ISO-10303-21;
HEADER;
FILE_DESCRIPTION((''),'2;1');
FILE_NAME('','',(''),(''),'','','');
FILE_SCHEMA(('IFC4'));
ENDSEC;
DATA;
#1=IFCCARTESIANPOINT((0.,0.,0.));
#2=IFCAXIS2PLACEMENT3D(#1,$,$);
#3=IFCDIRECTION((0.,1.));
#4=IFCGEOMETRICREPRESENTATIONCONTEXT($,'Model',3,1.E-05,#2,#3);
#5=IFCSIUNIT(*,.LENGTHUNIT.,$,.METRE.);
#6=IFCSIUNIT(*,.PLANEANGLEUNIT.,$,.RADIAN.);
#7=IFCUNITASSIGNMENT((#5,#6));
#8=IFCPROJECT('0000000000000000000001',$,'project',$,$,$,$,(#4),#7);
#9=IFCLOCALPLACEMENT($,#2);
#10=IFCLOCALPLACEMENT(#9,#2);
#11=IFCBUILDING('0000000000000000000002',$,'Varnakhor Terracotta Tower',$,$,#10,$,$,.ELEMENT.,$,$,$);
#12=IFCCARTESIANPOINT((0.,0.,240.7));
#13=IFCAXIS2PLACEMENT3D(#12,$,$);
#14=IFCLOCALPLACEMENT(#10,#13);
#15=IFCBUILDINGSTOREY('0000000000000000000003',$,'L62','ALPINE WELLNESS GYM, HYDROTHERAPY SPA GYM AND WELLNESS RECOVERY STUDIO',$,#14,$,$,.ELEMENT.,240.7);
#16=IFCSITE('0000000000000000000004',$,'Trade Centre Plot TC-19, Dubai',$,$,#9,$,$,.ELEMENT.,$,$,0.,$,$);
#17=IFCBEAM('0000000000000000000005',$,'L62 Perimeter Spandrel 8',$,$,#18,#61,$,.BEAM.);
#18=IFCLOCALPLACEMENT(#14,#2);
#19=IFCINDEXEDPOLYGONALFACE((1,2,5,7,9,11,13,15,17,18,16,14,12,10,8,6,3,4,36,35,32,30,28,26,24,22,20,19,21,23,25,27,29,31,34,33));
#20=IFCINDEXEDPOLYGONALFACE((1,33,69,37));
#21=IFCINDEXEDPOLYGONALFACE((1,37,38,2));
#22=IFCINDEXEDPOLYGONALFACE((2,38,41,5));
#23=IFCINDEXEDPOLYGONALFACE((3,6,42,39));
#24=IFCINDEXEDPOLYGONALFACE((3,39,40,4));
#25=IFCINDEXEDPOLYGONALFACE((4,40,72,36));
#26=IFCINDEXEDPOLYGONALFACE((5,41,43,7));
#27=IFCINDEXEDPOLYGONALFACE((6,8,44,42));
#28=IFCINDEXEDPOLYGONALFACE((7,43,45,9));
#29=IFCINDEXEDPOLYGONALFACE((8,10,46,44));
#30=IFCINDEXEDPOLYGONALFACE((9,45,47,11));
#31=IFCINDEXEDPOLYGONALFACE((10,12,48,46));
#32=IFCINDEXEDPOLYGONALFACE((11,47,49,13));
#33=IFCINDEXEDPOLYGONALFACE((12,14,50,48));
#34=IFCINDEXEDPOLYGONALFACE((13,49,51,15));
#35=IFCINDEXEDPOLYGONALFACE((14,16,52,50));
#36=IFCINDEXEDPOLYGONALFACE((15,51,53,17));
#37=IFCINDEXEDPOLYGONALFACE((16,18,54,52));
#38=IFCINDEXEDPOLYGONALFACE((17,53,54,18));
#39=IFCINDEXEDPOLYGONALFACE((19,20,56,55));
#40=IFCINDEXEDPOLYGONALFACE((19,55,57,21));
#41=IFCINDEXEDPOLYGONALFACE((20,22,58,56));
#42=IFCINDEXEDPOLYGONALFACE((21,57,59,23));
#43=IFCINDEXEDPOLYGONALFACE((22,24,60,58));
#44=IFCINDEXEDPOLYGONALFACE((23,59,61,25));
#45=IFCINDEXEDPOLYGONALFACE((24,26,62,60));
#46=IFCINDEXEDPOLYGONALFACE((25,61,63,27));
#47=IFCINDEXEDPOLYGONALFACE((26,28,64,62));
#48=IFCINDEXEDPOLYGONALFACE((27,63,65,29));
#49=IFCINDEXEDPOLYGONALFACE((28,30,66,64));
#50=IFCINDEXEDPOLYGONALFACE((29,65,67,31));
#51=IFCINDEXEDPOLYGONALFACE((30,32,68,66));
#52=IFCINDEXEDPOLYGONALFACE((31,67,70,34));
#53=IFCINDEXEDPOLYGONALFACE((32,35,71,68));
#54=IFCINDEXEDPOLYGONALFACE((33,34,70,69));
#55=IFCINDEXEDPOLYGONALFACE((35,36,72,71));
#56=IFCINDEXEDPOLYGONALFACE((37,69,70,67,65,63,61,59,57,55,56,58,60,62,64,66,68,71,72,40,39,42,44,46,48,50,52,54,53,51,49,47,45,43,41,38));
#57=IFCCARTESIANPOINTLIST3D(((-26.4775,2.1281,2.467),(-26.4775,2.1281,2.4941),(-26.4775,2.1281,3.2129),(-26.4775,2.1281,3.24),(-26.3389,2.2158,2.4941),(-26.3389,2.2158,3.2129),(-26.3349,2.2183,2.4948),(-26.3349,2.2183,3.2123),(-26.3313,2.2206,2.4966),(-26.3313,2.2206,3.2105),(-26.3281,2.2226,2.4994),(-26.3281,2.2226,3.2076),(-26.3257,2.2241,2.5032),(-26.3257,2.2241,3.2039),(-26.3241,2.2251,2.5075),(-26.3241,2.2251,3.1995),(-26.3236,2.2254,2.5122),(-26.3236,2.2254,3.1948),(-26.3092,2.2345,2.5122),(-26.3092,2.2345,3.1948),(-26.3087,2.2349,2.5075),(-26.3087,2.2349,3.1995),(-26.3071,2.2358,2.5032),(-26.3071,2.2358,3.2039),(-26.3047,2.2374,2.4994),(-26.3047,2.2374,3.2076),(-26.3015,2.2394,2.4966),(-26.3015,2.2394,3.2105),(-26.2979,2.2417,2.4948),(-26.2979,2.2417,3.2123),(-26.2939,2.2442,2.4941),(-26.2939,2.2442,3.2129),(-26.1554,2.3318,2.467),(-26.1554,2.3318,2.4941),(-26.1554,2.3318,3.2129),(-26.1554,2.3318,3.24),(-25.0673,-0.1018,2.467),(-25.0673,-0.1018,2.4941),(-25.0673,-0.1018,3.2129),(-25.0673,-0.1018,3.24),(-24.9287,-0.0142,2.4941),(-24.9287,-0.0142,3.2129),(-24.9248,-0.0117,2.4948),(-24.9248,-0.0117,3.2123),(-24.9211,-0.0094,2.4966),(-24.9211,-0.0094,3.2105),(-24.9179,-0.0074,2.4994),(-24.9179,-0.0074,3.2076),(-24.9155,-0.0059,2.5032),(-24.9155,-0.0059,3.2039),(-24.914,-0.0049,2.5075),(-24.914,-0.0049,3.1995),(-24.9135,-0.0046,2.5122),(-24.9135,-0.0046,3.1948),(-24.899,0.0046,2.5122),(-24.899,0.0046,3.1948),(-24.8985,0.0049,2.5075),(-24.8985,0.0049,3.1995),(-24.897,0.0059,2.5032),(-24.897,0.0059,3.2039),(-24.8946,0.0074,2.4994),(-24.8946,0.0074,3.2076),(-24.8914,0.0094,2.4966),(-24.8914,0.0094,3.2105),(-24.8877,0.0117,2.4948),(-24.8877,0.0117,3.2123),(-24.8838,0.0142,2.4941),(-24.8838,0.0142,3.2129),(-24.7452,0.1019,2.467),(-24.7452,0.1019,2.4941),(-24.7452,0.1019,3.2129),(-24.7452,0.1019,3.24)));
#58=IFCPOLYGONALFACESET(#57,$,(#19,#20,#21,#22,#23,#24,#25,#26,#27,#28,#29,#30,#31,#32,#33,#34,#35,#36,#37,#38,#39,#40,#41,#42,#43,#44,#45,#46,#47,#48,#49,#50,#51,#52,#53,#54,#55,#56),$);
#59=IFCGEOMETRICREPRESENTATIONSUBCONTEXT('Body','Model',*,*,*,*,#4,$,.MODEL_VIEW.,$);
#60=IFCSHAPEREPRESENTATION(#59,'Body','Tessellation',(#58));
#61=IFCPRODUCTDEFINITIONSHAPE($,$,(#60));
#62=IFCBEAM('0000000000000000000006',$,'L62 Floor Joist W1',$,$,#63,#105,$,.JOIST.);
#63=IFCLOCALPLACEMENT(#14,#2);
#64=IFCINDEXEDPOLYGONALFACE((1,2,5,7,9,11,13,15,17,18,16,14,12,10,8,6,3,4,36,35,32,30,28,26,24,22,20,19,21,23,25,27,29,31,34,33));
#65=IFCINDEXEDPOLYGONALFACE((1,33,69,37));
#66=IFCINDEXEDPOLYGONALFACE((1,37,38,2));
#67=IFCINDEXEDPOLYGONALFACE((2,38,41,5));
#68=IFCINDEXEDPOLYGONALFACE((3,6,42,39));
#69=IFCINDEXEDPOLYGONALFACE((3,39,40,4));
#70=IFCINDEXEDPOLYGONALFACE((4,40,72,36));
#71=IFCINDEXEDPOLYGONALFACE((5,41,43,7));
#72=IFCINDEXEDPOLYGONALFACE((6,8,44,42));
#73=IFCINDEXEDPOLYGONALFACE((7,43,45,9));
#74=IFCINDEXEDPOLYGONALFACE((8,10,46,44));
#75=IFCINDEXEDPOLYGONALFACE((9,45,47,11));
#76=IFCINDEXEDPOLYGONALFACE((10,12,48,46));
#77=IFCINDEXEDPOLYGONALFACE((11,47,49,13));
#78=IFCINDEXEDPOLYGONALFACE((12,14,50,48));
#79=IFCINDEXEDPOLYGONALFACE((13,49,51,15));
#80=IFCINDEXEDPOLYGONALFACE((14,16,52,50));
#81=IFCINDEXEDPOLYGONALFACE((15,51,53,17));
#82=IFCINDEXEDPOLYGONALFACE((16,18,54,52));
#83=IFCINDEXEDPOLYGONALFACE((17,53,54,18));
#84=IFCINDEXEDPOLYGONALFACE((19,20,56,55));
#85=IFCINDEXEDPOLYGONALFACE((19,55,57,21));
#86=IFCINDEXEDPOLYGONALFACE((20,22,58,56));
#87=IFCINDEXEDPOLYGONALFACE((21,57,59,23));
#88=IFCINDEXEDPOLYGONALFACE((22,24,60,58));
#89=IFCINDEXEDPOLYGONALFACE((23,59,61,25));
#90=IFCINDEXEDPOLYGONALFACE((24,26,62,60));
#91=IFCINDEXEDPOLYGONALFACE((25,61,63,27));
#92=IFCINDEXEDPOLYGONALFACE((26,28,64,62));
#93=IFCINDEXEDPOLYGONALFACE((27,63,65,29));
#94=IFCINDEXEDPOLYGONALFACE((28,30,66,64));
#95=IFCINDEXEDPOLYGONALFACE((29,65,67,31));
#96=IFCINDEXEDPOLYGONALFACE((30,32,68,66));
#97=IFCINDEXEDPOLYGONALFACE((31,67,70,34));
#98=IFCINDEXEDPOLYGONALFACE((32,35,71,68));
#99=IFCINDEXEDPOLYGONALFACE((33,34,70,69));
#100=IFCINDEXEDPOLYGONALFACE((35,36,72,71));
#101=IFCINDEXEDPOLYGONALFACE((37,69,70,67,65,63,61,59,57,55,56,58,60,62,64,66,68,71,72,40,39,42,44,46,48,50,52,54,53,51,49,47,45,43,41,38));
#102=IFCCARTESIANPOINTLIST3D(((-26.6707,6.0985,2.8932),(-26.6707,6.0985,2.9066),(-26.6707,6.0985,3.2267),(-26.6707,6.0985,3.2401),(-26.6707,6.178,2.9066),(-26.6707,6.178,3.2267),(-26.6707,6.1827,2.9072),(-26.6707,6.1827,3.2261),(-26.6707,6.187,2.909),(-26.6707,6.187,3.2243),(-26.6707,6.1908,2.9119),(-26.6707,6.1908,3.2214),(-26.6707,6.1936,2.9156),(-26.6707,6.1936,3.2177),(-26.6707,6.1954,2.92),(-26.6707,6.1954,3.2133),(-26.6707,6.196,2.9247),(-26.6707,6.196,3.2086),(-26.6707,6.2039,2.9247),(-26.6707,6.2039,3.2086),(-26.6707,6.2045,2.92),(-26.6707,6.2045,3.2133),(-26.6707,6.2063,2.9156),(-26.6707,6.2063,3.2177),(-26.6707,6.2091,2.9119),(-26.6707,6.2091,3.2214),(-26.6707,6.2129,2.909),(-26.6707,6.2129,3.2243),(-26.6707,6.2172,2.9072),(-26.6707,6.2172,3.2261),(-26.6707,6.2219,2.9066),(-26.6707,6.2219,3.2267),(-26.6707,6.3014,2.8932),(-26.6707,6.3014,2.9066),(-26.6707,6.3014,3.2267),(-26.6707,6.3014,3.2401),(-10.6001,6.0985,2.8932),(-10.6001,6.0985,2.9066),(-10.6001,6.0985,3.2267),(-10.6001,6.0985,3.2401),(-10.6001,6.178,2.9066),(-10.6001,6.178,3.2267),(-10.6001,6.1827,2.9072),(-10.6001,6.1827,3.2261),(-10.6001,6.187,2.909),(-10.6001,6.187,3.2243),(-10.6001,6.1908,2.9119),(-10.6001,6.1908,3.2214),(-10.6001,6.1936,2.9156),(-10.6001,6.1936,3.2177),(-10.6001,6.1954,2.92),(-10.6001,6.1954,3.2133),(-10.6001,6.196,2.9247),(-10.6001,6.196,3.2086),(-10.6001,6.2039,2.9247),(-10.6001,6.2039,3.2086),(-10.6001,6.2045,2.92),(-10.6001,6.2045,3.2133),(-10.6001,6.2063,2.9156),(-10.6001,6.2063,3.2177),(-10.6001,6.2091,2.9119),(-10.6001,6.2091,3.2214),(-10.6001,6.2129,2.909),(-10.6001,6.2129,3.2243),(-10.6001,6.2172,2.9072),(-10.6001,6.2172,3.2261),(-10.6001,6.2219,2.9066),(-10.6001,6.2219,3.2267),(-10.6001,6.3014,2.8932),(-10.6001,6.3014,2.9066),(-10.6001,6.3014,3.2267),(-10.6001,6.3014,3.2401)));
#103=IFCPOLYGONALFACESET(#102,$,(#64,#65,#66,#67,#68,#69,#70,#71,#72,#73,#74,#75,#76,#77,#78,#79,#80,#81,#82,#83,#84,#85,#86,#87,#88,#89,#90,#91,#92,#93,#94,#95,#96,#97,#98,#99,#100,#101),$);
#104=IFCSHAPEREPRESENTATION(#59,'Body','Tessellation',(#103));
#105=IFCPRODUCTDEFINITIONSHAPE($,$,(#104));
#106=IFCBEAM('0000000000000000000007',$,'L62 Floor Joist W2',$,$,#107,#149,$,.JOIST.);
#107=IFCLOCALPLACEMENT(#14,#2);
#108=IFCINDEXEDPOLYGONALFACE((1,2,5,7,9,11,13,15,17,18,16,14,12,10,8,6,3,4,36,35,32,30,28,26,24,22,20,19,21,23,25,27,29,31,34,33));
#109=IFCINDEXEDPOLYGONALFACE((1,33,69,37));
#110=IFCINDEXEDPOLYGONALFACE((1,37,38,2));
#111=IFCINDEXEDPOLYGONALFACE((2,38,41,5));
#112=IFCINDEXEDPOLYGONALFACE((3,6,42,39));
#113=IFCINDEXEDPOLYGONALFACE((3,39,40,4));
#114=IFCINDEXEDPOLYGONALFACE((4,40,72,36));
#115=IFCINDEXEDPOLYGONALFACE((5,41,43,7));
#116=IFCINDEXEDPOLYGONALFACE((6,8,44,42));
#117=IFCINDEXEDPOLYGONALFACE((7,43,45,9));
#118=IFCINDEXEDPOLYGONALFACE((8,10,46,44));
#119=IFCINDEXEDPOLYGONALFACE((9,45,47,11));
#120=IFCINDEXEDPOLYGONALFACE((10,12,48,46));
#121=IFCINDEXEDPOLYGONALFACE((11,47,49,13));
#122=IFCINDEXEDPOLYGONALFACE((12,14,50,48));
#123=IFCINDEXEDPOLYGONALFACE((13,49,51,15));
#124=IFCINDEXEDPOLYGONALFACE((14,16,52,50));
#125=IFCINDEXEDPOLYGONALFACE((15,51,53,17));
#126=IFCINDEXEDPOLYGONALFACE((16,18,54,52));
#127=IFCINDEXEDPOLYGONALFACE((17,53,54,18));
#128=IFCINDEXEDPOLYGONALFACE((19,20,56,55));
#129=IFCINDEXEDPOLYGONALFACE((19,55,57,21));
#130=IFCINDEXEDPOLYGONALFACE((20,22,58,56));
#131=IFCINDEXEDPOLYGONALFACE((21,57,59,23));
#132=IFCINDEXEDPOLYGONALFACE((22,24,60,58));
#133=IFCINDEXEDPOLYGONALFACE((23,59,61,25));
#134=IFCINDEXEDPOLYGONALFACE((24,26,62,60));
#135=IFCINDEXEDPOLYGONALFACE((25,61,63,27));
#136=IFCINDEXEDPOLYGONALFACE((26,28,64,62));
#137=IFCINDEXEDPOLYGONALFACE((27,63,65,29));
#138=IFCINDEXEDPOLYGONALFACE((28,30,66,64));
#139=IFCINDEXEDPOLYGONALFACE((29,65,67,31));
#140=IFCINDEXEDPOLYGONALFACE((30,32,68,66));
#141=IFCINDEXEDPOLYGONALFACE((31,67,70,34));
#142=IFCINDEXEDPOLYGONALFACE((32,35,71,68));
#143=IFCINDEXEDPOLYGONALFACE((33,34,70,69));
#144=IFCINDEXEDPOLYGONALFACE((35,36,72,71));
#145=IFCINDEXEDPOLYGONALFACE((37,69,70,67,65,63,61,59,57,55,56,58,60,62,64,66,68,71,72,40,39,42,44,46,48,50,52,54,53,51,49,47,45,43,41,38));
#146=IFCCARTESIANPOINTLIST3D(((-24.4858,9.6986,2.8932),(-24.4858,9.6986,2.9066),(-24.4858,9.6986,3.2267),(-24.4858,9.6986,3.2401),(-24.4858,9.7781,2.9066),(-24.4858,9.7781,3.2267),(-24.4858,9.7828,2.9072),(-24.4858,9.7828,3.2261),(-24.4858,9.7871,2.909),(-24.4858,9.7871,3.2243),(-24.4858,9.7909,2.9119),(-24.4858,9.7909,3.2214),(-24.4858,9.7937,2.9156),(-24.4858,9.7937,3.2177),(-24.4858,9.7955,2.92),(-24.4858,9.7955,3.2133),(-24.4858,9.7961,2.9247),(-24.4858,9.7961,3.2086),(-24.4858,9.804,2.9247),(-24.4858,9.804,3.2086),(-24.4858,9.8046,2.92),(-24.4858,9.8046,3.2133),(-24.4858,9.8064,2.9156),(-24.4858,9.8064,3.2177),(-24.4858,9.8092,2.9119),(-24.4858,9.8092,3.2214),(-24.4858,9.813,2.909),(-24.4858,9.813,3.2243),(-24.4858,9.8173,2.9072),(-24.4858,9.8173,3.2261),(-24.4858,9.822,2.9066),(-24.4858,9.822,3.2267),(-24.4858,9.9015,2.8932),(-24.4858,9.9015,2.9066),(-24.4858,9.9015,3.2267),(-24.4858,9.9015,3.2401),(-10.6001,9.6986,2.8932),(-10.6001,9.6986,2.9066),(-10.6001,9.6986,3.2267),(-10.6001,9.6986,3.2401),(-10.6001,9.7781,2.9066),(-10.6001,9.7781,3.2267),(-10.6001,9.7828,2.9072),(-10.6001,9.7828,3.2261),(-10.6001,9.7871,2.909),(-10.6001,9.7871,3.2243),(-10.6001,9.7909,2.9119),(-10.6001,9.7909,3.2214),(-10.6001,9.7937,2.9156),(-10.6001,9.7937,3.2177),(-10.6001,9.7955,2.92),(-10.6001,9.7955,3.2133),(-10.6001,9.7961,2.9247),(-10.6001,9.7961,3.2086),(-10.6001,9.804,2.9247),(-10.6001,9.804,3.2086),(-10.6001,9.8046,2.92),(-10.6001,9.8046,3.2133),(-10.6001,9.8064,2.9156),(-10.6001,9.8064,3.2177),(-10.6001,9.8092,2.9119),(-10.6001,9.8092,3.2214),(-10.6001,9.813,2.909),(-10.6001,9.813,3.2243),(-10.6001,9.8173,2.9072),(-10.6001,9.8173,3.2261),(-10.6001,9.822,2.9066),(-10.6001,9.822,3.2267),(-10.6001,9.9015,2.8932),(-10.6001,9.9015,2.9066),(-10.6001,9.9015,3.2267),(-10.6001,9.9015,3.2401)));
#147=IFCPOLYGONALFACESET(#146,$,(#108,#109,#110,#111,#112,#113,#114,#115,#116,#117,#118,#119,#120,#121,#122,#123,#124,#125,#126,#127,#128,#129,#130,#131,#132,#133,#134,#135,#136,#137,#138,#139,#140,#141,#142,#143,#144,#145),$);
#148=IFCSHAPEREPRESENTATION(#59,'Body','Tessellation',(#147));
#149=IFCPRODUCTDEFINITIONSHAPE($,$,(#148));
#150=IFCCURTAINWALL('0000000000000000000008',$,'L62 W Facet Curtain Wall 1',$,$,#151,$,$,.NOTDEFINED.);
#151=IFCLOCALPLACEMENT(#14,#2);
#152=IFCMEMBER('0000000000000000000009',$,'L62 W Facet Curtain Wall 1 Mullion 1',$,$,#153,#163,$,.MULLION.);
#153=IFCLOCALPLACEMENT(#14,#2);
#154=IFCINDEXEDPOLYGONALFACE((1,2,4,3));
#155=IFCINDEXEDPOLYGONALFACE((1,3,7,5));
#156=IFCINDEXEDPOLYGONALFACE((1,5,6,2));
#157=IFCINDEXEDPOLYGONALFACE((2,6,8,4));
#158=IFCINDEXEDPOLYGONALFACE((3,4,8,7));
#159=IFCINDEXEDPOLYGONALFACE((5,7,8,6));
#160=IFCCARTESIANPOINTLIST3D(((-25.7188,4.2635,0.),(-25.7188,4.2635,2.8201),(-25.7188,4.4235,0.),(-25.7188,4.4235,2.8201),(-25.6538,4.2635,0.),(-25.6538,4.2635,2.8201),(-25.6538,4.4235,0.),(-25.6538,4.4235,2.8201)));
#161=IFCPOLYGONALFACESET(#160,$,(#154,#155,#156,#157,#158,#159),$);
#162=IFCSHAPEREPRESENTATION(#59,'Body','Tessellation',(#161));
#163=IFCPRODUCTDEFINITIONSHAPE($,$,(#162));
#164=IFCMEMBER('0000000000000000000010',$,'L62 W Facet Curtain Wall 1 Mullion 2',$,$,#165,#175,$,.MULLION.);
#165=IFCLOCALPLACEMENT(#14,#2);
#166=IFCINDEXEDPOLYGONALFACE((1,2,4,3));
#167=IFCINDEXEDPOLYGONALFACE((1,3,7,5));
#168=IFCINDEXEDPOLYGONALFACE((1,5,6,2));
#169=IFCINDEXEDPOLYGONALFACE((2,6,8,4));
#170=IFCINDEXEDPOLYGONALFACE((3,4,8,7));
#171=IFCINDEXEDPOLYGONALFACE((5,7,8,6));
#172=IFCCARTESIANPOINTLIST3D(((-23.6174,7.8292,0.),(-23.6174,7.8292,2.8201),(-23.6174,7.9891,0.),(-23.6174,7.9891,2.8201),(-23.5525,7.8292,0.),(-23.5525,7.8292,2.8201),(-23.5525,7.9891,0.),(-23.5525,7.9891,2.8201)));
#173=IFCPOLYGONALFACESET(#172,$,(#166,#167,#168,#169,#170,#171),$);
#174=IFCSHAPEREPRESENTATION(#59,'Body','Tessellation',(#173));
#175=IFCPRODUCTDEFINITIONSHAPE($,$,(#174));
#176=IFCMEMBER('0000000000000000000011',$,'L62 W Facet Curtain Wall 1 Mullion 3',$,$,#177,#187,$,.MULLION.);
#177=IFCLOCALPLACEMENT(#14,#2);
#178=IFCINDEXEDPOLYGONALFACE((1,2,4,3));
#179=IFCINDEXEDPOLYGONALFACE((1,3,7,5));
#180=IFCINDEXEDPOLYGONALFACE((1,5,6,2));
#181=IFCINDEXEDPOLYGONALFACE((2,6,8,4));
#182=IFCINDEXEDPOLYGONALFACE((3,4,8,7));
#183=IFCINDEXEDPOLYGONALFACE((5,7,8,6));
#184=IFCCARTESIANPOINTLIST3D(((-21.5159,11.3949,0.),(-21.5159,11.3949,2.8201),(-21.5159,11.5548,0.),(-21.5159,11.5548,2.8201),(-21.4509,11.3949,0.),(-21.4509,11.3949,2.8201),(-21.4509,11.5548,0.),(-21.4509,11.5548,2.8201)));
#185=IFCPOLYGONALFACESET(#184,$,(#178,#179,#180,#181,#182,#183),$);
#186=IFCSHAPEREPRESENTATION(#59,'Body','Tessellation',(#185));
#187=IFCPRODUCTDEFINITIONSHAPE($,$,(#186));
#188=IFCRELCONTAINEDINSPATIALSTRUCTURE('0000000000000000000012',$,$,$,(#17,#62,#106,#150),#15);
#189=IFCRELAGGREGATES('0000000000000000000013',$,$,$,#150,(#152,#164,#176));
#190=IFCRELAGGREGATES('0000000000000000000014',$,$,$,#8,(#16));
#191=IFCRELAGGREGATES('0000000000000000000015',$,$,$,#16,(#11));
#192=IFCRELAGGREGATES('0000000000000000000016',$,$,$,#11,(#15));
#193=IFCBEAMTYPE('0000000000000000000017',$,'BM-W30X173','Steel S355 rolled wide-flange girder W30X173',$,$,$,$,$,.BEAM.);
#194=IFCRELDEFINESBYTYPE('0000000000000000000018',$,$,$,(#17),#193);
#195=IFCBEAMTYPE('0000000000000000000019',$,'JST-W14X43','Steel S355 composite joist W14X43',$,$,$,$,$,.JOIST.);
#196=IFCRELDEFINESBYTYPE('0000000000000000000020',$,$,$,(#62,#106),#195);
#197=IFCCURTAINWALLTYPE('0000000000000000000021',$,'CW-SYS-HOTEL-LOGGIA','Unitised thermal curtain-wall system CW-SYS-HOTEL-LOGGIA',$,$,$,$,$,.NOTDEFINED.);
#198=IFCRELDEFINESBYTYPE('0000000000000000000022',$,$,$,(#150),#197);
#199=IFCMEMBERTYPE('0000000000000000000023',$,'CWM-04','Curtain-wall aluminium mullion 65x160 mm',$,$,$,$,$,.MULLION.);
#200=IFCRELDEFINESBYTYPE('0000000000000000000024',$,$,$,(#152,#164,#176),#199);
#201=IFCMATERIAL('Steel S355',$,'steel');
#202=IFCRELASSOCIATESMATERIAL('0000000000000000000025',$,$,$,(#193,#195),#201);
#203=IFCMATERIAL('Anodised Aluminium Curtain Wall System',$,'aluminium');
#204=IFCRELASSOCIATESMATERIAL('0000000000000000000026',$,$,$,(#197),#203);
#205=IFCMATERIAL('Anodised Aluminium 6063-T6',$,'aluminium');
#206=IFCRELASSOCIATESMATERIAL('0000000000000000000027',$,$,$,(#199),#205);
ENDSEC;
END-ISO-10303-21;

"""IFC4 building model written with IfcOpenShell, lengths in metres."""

from ifc_helpers import new_model, si_unit, direction, frame, origin, origin_2d, place, context, subcontext, project, spatial, rectangle, i_section, extrude, source, transform, mapped, material, material_profile, profile_set, type_object, type_shapes, element, aggregate, save


model = new_model("IFC4")

# Units and contexts
model_context = context("Model", 3, precision=1e-05, world=origin(), true_north=direction((0.0, 1.0)))
body_context = subcontext(model_context, "Body", "Model", "MODEL_VIEW")
ifc_project = project(units=[si_unit("LENGTHUNIT", "METRE"), si_unit("PLANEANGLEUNIT", "RADIAN")], contexts=[model_context])

# Site, building, storey
site_placement = place(None, origin())
site = spatial("IfcSite", under=ifc_project, at=site_placement, Name="Trade Centre Plot TC-19, Dubai", CompositionType="ELEMENT", RefElevation=0.0)
building_placement = place(site_placement, origin())
building = spatial("IfcBuilding", under=site, at=building_placement, Name="Varnakhor Terracotta Tower", CompositionType="ELEMENT")
storey_placement = place(building_placement, frame((0.0, 0.0, 240.7)))
storey = spatial("IfcBuildingStorey", under=building, at=storey_placement, Name="L62", Description="ALPINE WELLNESS GYM, HYDROTHERAPY SPA GYM AND WELLNESS RECOVERY STUDIO", CompositionType="ELEMENT", Elevation=240.7)

# Beams
ifc_material_1 = material(Name="Steel S355", Category="steel")
ifc_material_profile_1 = material_profile(ifc_material_1, i_section(OverallWidth=0.3811, OverallDepth=0.7729, WebThickness=0.0171, FlangeThickness=0.0271, FilletRadius=0.0181, at=origin_2d()), Name="W30X173")
ifc_profile_set_1 = profile_set([ifc_material_profile_1], Name="Steel S355")
beam_type_1 = type_object("IfcBeamType", Name="BM-W30X173", Description="Steel S355 rolled wide-flange girder W30X173", PredefinedType="BEAM", material=ifc_profile_set_1)
shared_shape_1 = source(origin(), body_context, "Body", "SweptSolid", [
    extrude(i_section(OverallWidth=0.3811, OverallDepth=0.7729, WebThickness=0.0171, FlangeThickness=0.0271, FilletRadius=0.0181, at=origin_2d()), origin(), (0.0, 0.0, 1.0), 2.6384),
])
beam_1_placement = place(storey_placement, frame((-26.3164, 2.23, 2.8535), z_axis=(0.534466, -0.84519, 0.0), x_axis=(0.84519, 0.534466, 0.0)))
element("IfcBeam", 1, at=beam_1_placement, inside=storey, type_object=beam_type_1, Name="L62 Perimeter Spandrel 8", PredefinedType="BEAM", context=body_context, shape_type="MappedRepresentation", body=[
    mapped(shared_shape_1, transform((0.0, 0.0, 0.0), scale=1.0)),
])
ifc_material_profile_2 = material_profile(ifc_material_1, i_section(OverallWidth=0.2029, OverallDepth=0.3469, WebThickness=0.0078, FlangeThickness=0.0134, FilletRadius=0.0181, at=origin_2d()), Name="W14X43")
ifc_profile_set_2 = profile_set([ifc_material_profile_2], Name="Steel S355")
beam_type_2 = type_object("IfcBeamType", Name="JST-W14X43", Description="Steel S355 composite joist W14X43", PredefinedType="JOIST", material=ifc_profile_set_2)
shared_shape_2 = source(origin(), body_context, "Body", "SweptSolid", [
    extrude(i_section(OverallWidth=0.2029, OverallDepth=0.3469, WebThickness=0.0078, FlangeThickness=0.0134, FilletRadius=0.0181, at=origin_2d()), origin(), (0.0, 0.0, 1.0), 16.0706),
])
beam_2_placement = place(storey_placement, frame((-26.6707, 6.2, 3.0667), z_axis=(1.0, 0.0, 0.0), x_axis=(0.0, 1.0, 0.0)))
element("IfcBeam", 2, at=beam_2_placement, inside=storey, type_object=beam_type_2, Name="L62 Floor Joist W1", PredefinedType="JOIST", context=body_context, shape_type="MappedRepresentation", body=[
    mapped(shared_shape_2, transform((0.0, 0.0, 0.0), scale=1.0)),
])
shared_shape_3 = source(origin(), body_context, "Body", "SweptSolid", [
    extrude(i_section(OverallWidth=0.2029, OverallDepth=0.3469, WebThickness=0.0078, FlangeThickness=0.0134, FilletRadius=0.0181, at=origin_2d()), origin(), (0.0, 0.0, 1.0), 13.8857),
])
beam_3_placement = place(storey_placement, frame((-24.4858, 9.8, 3.0667), z_axis=(1.0, 0.0, 0.0), x_axis=(0.0, 1.0, 0.0)))
element("IfcBeam", 3, at=beam_3_placement, inside=storey, type_object=beam_type_2, Name="L62 Floor Joist W2", PredefinedType="JOIST", context=body_context, shape_type="MappedRepresentation", body=[
    mapped(shared_shape_3, transform((0.0, 0.0, 0.0), scale=1.0)),
])

# Curtain wall, members
ifc_material_2 = material(Name="Anodised Aluminium Curtain Wall System", Category="aluminium")
curtain_wall_type = type_object("IfcCurtainWallType", Name="CW-SYS-HOTEL-LOGGIA", Description="Unitised thermal curtain-wall system CW-SYS-HOTEL-LOGGIA", PredefinedType="NOTDEFINED", material=ifc_material_2)
curtain_wall_1_placement = place(storey_placement, origin())
curtain_wall_1 = element("IfcCurtainWall", 4, at=curtain_wall_1_placement, inside=storey, type_object=curtain_wall_type, Name="L62 W Facet Curtain Wall 1", PredefinedType="NOTDEFINED")
ifc_material_3 = material(Name="Anodised Aluminium 6063-T6", Category="aluminium")
ifc_material_profile_3 = material_profile(ifc_material_3, rectangle(XDim=0.0649, YDim=0.1599, at=origin_2d()), Name="ALU MULLION 65x160")
ifc_profile_set_3 = profile_set([ifc_material_profile_3], Name="Anodised Aluminium 6063-T6")
member_type_1 = type_object("IfcMemberType", Name="CWM-04", Description="Curtain-wall aluminium mullion 65x160 mm", PredefinedType="MULLION", material=ifc_profile_set_3)
shared_shape_4 = source(origin(), body_context, "Body", "SweptSolid", [
    extrude(rectangle(XDim=0.0649, YDim=0.1599, at=origin_2d()), origin(), (0.0, 0.0, 1.0), 2.8201),
])
type_shapes(member_type_1, [shared_shape_4])
member_1_placement = place(storey_placement, frame((-25.6863, 4.3435, 0.0), z_axis=(0.0, 0.0, 1.0), x_axis=(1.0, 0.0, 0.0)))
member_1 = element("IfcMember", 5, at=member_1_placement, type_object=member_type_1, Name="L62 W Facet Curtain Wall 1 Mullion 1", PredefinedType="MULLION", context=body_context, shape_type="MappedRepresentation", body=[
    mapped(shared_shape_4, transform((0.0, 0.0, 0.0), scale=1.0)),
])
member_2_placement = place(storey_placement, frame((-23.585, 7.9092, 0.0), z_axis=(0.0, 0.0, 1.0), x_axis=(1.0, 0.0, 0.0)))
member_2 = element("IfcMember", 6, at=member_2_placement, type_object=member_type_1, Name="L62 W Facet Curtain Wall 1 Mullion 2", PredefinedType="MULLION", context=body_context, shape_type="MappedRepresentation", body=[
    mapped(shared_shape_4, transform((0.0, 0.0, 0.0), scale=1.0)),
])
member_3_placement = place(storey_placement, frame((-21.4834, 11.4749, 0.0), z_axis=(0.0, 0.0, 1.0), x_axis=(1.0, 0.0, 0.0)))
member_3 = element("IfcMember", 7, at=member_3_placement, type_object=member_type_1, Name="L62 W Facet Curtain Wall 1 Mullion 3", PredefinedType="MULLION", context=body_context, shape_type="MappedRepresentation", body=[
    mapped(shared_shape_4, transform((0.0, 0.0, 0.0), scale=1.0)),
])

aggregate(curtain_wall_1, [member_1, member_2, member_3])

save(model, "model.ifc")
